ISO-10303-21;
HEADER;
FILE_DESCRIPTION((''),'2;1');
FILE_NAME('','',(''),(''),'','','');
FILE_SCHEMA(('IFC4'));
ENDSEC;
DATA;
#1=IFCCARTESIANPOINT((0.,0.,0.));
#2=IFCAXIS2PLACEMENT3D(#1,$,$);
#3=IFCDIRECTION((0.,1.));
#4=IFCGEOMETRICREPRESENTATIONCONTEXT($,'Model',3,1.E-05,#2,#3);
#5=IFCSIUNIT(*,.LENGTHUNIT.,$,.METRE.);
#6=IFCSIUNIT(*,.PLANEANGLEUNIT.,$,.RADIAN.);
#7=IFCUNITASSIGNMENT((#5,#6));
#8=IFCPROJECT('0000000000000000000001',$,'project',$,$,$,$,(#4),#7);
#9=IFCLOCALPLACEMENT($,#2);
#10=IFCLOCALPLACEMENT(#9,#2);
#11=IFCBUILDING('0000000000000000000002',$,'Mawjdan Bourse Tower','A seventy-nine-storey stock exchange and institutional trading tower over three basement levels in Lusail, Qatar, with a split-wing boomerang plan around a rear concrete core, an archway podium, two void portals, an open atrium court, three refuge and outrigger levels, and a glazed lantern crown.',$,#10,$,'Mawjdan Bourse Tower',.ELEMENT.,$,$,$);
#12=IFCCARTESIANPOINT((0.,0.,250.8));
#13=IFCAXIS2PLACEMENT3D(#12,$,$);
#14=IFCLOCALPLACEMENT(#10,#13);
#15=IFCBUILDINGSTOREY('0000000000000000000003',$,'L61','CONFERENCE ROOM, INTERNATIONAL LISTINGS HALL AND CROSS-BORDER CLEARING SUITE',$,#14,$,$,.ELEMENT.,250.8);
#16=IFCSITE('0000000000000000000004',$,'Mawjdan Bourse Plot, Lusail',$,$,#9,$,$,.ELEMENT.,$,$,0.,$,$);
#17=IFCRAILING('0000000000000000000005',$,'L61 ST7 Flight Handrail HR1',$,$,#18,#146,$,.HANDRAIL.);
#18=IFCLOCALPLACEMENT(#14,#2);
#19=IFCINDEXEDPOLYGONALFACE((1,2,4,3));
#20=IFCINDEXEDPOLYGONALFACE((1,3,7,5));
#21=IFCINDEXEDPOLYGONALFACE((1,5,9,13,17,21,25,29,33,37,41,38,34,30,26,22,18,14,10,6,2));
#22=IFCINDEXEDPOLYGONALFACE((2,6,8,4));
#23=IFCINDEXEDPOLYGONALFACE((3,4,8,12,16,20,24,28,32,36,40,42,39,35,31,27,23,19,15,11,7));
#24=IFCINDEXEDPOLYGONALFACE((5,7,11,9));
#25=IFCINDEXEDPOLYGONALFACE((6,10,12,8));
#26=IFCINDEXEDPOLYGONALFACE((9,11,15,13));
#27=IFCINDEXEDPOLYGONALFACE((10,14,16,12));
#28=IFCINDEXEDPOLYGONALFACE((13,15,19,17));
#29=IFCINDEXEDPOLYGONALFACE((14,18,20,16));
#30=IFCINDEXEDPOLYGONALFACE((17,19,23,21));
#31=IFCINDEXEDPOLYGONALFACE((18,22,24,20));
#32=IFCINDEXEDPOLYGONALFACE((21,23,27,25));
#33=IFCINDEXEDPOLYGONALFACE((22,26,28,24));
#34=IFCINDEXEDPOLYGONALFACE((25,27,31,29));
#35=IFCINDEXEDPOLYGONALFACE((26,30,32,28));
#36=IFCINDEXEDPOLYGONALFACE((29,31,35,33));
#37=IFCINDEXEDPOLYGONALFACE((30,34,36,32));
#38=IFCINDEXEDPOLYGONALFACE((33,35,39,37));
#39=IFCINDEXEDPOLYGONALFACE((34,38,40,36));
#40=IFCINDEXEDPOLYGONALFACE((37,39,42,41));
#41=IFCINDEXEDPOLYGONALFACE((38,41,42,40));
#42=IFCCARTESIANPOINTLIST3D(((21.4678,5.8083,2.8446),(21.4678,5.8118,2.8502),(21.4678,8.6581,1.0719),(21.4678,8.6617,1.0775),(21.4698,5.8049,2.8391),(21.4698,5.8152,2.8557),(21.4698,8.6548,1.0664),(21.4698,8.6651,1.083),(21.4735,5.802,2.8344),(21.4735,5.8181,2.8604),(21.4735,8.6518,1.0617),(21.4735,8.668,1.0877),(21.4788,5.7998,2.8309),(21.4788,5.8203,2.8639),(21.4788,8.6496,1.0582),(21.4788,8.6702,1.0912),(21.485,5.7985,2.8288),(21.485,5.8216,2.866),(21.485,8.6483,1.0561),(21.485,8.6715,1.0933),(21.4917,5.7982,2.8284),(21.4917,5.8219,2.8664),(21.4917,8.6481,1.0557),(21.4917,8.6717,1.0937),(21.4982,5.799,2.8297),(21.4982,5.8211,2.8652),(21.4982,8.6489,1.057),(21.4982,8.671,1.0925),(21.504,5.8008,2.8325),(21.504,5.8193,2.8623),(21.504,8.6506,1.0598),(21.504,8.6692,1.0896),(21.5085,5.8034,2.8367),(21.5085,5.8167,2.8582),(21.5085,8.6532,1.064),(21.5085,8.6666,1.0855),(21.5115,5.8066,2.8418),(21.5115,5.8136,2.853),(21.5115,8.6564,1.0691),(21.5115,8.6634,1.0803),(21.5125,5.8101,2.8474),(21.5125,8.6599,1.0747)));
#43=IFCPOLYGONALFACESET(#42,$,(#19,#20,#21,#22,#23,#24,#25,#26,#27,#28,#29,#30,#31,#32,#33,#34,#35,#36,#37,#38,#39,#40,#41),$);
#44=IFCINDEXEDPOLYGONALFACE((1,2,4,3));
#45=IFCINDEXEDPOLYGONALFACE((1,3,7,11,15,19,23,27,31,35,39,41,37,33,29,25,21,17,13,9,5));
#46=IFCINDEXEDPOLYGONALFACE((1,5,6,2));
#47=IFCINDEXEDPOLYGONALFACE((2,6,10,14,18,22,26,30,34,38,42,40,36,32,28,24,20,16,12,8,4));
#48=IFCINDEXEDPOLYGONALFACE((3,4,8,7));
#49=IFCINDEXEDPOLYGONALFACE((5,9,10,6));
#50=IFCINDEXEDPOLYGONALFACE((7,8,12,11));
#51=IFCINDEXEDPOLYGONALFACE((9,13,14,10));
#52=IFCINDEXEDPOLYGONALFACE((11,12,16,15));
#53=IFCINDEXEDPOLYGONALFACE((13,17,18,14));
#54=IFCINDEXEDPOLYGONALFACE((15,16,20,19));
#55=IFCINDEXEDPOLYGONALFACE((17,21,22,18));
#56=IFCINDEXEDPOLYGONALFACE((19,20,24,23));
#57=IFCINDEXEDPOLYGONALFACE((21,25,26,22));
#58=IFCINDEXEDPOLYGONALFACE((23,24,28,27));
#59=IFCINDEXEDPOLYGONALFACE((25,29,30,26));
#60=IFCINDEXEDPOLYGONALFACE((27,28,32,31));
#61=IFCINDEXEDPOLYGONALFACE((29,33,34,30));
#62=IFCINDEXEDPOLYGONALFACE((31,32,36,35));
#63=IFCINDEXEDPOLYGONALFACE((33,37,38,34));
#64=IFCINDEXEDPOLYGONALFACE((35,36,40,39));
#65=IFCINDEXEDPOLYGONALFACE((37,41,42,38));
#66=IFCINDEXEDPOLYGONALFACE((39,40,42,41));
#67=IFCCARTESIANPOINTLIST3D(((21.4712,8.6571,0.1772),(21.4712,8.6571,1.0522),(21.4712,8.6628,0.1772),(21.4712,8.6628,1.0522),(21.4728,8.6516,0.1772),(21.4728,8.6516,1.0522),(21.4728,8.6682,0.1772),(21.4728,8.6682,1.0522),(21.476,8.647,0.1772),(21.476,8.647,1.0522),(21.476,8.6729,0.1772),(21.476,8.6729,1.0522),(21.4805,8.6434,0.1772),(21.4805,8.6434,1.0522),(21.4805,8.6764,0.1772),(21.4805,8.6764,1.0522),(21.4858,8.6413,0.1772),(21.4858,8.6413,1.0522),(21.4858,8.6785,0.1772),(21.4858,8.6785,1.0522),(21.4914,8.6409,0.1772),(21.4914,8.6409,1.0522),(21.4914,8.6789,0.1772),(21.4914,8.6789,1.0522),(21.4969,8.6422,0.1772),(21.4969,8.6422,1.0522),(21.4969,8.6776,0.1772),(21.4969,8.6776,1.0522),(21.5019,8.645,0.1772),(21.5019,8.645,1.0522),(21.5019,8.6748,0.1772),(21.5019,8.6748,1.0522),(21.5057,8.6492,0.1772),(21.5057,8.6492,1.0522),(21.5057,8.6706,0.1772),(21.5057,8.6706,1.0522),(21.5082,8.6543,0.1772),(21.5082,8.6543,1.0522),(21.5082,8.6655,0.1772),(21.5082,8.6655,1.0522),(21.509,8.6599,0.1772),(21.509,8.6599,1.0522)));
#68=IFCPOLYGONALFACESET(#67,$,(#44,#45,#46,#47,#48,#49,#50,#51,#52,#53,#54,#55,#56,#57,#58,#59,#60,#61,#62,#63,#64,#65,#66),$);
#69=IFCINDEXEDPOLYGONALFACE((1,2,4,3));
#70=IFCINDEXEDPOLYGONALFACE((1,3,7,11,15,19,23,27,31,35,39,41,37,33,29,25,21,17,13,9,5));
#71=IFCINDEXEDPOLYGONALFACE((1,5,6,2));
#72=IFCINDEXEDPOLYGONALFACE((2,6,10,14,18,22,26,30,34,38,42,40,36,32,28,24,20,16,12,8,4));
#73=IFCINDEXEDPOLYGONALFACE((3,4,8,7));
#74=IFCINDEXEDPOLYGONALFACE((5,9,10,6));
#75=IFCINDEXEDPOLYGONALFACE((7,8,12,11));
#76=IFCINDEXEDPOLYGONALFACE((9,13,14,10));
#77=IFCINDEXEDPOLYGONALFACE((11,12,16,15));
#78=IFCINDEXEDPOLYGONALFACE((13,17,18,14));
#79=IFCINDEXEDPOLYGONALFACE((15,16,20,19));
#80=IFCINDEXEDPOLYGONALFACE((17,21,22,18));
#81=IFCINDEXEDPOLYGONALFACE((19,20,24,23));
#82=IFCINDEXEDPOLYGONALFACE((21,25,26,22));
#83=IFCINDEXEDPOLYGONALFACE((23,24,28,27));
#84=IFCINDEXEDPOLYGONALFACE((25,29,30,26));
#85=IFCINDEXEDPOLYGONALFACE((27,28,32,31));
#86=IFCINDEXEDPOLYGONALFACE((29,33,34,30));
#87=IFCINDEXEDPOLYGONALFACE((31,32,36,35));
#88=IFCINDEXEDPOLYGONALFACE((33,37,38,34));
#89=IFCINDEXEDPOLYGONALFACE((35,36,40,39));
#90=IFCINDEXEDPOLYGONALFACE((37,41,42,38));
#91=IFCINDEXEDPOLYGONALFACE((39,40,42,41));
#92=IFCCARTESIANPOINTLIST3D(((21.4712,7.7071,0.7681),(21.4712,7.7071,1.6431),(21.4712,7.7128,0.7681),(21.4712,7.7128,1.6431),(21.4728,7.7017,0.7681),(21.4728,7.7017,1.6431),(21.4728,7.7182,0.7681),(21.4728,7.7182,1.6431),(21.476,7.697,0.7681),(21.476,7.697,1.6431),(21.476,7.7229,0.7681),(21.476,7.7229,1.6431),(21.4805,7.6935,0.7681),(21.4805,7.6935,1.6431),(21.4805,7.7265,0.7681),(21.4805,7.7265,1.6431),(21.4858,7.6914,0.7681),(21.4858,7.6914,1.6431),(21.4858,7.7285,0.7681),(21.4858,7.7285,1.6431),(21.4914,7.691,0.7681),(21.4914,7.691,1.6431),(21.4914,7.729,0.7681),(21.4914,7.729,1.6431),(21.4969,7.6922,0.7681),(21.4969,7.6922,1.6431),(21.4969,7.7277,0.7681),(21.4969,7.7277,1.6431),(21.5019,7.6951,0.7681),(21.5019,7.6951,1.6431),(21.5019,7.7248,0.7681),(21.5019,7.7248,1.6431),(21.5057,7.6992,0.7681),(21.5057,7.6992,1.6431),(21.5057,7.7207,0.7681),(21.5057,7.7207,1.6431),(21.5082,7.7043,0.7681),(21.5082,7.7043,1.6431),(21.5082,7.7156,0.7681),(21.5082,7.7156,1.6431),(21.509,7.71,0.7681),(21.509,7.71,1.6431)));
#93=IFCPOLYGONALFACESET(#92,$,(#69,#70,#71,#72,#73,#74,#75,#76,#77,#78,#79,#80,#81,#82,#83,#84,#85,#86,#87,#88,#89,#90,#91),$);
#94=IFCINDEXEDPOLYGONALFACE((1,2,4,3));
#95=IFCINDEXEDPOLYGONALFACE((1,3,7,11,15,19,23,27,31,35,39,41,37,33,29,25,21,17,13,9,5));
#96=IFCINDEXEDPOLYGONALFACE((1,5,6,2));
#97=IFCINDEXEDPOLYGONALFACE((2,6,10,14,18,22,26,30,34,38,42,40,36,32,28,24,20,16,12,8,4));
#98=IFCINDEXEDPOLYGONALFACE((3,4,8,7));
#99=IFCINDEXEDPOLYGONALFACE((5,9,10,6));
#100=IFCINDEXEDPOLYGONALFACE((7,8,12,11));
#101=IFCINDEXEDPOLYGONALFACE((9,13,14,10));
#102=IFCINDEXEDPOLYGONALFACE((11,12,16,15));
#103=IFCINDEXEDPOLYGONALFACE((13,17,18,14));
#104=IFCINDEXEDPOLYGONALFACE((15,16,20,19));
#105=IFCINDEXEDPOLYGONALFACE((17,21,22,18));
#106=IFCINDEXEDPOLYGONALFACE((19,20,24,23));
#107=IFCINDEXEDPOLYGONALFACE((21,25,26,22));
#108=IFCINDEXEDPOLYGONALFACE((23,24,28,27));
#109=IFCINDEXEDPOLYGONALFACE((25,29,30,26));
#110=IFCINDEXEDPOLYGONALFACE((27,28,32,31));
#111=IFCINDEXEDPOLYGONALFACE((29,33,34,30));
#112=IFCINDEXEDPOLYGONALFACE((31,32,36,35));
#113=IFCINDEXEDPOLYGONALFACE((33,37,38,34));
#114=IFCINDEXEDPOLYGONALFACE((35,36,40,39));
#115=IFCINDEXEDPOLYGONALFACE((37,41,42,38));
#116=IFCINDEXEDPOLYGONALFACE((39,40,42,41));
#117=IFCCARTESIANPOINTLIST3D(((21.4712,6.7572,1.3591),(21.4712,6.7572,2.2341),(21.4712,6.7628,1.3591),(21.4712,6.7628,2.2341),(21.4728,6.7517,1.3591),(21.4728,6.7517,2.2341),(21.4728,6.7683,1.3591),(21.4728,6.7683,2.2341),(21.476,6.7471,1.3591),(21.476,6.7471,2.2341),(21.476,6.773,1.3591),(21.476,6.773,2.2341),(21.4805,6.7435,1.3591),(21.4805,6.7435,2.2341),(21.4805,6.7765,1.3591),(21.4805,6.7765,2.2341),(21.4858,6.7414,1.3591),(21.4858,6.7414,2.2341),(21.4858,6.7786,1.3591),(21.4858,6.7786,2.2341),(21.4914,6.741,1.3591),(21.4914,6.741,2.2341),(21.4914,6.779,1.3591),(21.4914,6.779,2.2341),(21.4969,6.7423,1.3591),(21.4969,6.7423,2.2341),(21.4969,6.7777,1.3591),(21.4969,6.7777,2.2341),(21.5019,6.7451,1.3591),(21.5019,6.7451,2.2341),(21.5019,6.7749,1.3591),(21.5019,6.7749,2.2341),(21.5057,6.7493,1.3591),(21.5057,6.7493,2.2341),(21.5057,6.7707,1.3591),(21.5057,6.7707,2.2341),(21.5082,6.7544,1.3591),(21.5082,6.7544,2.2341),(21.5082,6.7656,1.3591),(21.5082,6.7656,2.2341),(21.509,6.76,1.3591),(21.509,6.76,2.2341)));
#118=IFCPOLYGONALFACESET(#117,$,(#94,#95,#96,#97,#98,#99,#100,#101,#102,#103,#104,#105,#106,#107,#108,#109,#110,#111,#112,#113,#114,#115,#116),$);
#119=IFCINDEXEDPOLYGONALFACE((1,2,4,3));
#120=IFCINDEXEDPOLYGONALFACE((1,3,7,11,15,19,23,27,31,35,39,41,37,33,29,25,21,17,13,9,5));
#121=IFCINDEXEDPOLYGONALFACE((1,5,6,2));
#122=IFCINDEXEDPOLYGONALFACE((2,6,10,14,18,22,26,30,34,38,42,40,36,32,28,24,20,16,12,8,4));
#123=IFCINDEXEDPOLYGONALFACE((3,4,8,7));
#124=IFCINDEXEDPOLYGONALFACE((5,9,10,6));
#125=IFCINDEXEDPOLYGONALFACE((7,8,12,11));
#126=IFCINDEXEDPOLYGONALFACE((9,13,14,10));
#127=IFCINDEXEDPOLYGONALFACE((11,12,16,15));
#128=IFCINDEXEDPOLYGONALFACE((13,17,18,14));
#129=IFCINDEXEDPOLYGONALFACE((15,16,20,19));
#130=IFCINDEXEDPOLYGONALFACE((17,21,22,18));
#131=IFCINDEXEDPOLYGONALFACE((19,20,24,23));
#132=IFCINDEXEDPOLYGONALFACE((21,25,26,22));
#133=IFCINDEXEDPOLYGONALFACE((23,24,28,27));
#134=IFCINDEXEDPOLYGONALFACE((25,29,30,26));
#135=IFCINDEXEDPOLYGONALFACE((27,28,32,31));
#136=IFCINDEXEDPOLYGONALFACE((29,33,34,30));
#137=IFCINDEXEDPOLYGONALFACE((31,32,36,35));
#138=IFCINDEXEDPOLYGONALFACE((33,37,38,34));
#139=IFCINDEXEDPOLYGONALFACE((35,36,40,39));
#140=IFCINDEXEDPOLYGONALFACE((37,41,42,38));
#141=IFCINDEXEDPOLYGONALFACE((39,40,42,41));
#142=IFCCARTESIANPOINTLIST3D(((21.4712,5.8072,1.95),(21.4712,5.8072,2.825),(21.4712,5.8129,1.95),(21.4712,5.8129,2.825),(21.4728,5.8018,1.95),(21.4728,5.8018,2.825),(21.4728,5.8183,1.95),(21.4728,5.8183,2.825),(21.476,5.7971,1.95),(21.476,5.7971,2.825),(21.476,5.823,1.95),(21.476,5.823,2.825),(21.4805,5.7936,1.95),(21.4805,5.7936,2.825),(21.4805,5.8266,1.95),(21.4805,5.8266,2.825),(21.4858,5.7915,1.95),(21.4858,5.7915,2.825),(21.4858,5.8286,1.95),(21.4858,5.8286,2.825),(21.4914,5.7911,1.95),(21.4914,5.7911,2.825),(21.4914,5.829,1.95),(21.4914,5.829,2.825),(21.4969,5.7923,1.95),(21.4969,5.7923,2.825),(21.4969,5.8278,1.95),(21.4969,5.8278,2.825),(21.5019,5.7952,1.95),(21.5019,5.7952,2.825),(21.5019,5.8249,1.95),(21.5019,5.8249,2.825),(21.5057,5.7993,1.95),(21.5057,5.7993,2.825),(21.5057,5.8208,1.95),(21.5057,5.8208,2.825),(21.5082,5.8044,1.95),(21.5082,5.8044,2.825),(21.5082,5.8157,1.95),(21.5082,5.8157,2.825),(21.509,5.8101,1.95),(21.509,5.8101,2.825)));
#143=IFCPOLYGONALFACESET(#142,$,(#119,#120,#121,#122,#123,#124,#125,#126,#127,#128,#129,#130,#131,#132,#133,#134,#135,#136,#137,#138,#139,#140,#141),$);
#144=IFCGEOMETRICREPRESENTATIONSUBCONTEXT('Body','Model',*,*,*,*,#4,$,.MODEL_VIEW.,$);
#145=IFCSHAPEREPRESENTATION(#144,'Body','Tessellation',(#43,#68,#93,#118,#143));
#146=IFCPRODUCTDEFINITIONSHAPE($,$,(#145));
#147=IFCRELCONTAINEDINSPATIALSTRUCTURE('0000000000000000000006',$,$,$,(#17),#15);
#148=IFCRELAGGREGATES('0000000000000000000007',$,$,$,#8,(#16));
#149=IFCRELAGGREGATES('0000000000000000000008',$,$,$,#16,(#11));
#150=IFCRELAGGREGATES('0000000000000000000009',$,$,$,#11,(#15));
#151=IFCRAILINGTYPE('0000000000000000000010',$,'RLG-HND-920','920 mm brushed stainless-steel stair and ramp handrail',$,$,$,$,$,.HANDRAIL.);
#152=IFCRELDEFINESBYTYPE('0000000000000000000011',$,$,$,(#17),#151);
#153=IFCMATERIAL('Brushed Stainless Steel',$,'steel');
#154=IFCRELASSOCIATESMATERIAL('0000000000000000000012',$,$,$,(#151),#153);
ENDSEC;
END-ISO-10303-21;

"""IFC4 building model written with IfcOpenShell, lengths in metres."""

from ifc_helpers import new_model, si_unit, direction, frame, origin, origin_2d, place, context, subcontext, project, spatial, circle, extrude, material, type_object, element, save


model = new_model("IFC4")

# Units and contexts
model_context = context("Model", 3, precision=1e-05, world=origin(), true_north=direction((0.0, 1.0)))
body_context = subcontext(model_context, "Body", "Model", "MODEL_VIEW")
ifc_project = project(units=[si_unit("LENGTHUNIT", "METRE"), si_unit("PLANEANGLEUNIT", "RADIAN")], contexts=[model_context])

# Site, building, storey
site_placement = place(None, origin())
site = spatial("IfcSite", under=ifc_project, at=site_placement, Name="Mawjdan Bourse Plot, Lusail", CompositionType="ELEMENT", RefElevation=0.0)
building_placement = place(site_placement, origin())
building = spatial("IfcBuilding", under=site, at=building_placement, Name="Mawjdan Bourse Tower", Description="A seventy-nine-storey stock exchange and institutional trading tower over three basement levels in Lusail, Qatar, with a split-wing boomerang plan around a rear concrete core, an archway podium, two void portals, an open atrium court, three refuge and outrigger levels, and a glazed lantern crown.", LongName="Mawjdan Bourse Tower", CompositionType="ELEMENT")
storey_placement = place(building_placement, frame((0.0, 0.0, 250.8)))
storey = spatial("IfcBuildingStorey", under=building, at=storey_placement, Name="L61", Description="CONFERENCE ROOM, INTERNATIONAL LISTINGS HALL AND CROSS-BORDER CLEARING SUITE", CompositionType="ELEMENT", Elevation=250.8)

# Railing
ifc_material_1 = material(Name="Brushed Stainless Steel", Category="steel")
railing_type_1 = type_object("IfcRailingType", Name="RLG-HND-920", Description="920 mm brushed stainless-steel stair and ramp handrail", PredefinedType="HANDRAIL", material=ifc_material_1)
railing_1_placement = place(storey_placement, frame((21.49, 8.6599, 0.1772)))
element("IfcRailing", 1, at=railing_1_placement, inside=storey, type_object=railing_type_1, Name="L61 ST7 Flight Handrail HR1", PredefinedType="HANDRAIL", context=body_context, shape_type="SweptSolid", body=[
    extrude(circle(Radius=0.0225, at=origin_2d()), frame((0.0, 0.0, 0.8975), z_axis=(0.0, -0.849128, 0.528187), x_axis=(1.0, 0.0, 0.0)), (0.0, 0.0, 1.0), 3.3562),
    extrude(circle(Radius=0.019, at=origin_2d()), origin(), (0.0, 0.0, 1.0), 0.875),
    extrude(circle(Radius=0.019, at=origin_2d()), frame((0.0, -0.95, 0.5908)), (0.0, 0.0, 1.0), 0.875),
    extrude(circle(Radius=0.019, at=origin_2d()), frame((0.0, -1.8999, 1.1819)), (0.0, 0.0, 1.0), 0.875),
    extrude(circle(Radius=0.019, at=origin_2d()), frame((0.0, -2.8499, 1.7727)), (0.0, 0.0, 1.0), 0.875),
])

save(model, "model.ifc")
